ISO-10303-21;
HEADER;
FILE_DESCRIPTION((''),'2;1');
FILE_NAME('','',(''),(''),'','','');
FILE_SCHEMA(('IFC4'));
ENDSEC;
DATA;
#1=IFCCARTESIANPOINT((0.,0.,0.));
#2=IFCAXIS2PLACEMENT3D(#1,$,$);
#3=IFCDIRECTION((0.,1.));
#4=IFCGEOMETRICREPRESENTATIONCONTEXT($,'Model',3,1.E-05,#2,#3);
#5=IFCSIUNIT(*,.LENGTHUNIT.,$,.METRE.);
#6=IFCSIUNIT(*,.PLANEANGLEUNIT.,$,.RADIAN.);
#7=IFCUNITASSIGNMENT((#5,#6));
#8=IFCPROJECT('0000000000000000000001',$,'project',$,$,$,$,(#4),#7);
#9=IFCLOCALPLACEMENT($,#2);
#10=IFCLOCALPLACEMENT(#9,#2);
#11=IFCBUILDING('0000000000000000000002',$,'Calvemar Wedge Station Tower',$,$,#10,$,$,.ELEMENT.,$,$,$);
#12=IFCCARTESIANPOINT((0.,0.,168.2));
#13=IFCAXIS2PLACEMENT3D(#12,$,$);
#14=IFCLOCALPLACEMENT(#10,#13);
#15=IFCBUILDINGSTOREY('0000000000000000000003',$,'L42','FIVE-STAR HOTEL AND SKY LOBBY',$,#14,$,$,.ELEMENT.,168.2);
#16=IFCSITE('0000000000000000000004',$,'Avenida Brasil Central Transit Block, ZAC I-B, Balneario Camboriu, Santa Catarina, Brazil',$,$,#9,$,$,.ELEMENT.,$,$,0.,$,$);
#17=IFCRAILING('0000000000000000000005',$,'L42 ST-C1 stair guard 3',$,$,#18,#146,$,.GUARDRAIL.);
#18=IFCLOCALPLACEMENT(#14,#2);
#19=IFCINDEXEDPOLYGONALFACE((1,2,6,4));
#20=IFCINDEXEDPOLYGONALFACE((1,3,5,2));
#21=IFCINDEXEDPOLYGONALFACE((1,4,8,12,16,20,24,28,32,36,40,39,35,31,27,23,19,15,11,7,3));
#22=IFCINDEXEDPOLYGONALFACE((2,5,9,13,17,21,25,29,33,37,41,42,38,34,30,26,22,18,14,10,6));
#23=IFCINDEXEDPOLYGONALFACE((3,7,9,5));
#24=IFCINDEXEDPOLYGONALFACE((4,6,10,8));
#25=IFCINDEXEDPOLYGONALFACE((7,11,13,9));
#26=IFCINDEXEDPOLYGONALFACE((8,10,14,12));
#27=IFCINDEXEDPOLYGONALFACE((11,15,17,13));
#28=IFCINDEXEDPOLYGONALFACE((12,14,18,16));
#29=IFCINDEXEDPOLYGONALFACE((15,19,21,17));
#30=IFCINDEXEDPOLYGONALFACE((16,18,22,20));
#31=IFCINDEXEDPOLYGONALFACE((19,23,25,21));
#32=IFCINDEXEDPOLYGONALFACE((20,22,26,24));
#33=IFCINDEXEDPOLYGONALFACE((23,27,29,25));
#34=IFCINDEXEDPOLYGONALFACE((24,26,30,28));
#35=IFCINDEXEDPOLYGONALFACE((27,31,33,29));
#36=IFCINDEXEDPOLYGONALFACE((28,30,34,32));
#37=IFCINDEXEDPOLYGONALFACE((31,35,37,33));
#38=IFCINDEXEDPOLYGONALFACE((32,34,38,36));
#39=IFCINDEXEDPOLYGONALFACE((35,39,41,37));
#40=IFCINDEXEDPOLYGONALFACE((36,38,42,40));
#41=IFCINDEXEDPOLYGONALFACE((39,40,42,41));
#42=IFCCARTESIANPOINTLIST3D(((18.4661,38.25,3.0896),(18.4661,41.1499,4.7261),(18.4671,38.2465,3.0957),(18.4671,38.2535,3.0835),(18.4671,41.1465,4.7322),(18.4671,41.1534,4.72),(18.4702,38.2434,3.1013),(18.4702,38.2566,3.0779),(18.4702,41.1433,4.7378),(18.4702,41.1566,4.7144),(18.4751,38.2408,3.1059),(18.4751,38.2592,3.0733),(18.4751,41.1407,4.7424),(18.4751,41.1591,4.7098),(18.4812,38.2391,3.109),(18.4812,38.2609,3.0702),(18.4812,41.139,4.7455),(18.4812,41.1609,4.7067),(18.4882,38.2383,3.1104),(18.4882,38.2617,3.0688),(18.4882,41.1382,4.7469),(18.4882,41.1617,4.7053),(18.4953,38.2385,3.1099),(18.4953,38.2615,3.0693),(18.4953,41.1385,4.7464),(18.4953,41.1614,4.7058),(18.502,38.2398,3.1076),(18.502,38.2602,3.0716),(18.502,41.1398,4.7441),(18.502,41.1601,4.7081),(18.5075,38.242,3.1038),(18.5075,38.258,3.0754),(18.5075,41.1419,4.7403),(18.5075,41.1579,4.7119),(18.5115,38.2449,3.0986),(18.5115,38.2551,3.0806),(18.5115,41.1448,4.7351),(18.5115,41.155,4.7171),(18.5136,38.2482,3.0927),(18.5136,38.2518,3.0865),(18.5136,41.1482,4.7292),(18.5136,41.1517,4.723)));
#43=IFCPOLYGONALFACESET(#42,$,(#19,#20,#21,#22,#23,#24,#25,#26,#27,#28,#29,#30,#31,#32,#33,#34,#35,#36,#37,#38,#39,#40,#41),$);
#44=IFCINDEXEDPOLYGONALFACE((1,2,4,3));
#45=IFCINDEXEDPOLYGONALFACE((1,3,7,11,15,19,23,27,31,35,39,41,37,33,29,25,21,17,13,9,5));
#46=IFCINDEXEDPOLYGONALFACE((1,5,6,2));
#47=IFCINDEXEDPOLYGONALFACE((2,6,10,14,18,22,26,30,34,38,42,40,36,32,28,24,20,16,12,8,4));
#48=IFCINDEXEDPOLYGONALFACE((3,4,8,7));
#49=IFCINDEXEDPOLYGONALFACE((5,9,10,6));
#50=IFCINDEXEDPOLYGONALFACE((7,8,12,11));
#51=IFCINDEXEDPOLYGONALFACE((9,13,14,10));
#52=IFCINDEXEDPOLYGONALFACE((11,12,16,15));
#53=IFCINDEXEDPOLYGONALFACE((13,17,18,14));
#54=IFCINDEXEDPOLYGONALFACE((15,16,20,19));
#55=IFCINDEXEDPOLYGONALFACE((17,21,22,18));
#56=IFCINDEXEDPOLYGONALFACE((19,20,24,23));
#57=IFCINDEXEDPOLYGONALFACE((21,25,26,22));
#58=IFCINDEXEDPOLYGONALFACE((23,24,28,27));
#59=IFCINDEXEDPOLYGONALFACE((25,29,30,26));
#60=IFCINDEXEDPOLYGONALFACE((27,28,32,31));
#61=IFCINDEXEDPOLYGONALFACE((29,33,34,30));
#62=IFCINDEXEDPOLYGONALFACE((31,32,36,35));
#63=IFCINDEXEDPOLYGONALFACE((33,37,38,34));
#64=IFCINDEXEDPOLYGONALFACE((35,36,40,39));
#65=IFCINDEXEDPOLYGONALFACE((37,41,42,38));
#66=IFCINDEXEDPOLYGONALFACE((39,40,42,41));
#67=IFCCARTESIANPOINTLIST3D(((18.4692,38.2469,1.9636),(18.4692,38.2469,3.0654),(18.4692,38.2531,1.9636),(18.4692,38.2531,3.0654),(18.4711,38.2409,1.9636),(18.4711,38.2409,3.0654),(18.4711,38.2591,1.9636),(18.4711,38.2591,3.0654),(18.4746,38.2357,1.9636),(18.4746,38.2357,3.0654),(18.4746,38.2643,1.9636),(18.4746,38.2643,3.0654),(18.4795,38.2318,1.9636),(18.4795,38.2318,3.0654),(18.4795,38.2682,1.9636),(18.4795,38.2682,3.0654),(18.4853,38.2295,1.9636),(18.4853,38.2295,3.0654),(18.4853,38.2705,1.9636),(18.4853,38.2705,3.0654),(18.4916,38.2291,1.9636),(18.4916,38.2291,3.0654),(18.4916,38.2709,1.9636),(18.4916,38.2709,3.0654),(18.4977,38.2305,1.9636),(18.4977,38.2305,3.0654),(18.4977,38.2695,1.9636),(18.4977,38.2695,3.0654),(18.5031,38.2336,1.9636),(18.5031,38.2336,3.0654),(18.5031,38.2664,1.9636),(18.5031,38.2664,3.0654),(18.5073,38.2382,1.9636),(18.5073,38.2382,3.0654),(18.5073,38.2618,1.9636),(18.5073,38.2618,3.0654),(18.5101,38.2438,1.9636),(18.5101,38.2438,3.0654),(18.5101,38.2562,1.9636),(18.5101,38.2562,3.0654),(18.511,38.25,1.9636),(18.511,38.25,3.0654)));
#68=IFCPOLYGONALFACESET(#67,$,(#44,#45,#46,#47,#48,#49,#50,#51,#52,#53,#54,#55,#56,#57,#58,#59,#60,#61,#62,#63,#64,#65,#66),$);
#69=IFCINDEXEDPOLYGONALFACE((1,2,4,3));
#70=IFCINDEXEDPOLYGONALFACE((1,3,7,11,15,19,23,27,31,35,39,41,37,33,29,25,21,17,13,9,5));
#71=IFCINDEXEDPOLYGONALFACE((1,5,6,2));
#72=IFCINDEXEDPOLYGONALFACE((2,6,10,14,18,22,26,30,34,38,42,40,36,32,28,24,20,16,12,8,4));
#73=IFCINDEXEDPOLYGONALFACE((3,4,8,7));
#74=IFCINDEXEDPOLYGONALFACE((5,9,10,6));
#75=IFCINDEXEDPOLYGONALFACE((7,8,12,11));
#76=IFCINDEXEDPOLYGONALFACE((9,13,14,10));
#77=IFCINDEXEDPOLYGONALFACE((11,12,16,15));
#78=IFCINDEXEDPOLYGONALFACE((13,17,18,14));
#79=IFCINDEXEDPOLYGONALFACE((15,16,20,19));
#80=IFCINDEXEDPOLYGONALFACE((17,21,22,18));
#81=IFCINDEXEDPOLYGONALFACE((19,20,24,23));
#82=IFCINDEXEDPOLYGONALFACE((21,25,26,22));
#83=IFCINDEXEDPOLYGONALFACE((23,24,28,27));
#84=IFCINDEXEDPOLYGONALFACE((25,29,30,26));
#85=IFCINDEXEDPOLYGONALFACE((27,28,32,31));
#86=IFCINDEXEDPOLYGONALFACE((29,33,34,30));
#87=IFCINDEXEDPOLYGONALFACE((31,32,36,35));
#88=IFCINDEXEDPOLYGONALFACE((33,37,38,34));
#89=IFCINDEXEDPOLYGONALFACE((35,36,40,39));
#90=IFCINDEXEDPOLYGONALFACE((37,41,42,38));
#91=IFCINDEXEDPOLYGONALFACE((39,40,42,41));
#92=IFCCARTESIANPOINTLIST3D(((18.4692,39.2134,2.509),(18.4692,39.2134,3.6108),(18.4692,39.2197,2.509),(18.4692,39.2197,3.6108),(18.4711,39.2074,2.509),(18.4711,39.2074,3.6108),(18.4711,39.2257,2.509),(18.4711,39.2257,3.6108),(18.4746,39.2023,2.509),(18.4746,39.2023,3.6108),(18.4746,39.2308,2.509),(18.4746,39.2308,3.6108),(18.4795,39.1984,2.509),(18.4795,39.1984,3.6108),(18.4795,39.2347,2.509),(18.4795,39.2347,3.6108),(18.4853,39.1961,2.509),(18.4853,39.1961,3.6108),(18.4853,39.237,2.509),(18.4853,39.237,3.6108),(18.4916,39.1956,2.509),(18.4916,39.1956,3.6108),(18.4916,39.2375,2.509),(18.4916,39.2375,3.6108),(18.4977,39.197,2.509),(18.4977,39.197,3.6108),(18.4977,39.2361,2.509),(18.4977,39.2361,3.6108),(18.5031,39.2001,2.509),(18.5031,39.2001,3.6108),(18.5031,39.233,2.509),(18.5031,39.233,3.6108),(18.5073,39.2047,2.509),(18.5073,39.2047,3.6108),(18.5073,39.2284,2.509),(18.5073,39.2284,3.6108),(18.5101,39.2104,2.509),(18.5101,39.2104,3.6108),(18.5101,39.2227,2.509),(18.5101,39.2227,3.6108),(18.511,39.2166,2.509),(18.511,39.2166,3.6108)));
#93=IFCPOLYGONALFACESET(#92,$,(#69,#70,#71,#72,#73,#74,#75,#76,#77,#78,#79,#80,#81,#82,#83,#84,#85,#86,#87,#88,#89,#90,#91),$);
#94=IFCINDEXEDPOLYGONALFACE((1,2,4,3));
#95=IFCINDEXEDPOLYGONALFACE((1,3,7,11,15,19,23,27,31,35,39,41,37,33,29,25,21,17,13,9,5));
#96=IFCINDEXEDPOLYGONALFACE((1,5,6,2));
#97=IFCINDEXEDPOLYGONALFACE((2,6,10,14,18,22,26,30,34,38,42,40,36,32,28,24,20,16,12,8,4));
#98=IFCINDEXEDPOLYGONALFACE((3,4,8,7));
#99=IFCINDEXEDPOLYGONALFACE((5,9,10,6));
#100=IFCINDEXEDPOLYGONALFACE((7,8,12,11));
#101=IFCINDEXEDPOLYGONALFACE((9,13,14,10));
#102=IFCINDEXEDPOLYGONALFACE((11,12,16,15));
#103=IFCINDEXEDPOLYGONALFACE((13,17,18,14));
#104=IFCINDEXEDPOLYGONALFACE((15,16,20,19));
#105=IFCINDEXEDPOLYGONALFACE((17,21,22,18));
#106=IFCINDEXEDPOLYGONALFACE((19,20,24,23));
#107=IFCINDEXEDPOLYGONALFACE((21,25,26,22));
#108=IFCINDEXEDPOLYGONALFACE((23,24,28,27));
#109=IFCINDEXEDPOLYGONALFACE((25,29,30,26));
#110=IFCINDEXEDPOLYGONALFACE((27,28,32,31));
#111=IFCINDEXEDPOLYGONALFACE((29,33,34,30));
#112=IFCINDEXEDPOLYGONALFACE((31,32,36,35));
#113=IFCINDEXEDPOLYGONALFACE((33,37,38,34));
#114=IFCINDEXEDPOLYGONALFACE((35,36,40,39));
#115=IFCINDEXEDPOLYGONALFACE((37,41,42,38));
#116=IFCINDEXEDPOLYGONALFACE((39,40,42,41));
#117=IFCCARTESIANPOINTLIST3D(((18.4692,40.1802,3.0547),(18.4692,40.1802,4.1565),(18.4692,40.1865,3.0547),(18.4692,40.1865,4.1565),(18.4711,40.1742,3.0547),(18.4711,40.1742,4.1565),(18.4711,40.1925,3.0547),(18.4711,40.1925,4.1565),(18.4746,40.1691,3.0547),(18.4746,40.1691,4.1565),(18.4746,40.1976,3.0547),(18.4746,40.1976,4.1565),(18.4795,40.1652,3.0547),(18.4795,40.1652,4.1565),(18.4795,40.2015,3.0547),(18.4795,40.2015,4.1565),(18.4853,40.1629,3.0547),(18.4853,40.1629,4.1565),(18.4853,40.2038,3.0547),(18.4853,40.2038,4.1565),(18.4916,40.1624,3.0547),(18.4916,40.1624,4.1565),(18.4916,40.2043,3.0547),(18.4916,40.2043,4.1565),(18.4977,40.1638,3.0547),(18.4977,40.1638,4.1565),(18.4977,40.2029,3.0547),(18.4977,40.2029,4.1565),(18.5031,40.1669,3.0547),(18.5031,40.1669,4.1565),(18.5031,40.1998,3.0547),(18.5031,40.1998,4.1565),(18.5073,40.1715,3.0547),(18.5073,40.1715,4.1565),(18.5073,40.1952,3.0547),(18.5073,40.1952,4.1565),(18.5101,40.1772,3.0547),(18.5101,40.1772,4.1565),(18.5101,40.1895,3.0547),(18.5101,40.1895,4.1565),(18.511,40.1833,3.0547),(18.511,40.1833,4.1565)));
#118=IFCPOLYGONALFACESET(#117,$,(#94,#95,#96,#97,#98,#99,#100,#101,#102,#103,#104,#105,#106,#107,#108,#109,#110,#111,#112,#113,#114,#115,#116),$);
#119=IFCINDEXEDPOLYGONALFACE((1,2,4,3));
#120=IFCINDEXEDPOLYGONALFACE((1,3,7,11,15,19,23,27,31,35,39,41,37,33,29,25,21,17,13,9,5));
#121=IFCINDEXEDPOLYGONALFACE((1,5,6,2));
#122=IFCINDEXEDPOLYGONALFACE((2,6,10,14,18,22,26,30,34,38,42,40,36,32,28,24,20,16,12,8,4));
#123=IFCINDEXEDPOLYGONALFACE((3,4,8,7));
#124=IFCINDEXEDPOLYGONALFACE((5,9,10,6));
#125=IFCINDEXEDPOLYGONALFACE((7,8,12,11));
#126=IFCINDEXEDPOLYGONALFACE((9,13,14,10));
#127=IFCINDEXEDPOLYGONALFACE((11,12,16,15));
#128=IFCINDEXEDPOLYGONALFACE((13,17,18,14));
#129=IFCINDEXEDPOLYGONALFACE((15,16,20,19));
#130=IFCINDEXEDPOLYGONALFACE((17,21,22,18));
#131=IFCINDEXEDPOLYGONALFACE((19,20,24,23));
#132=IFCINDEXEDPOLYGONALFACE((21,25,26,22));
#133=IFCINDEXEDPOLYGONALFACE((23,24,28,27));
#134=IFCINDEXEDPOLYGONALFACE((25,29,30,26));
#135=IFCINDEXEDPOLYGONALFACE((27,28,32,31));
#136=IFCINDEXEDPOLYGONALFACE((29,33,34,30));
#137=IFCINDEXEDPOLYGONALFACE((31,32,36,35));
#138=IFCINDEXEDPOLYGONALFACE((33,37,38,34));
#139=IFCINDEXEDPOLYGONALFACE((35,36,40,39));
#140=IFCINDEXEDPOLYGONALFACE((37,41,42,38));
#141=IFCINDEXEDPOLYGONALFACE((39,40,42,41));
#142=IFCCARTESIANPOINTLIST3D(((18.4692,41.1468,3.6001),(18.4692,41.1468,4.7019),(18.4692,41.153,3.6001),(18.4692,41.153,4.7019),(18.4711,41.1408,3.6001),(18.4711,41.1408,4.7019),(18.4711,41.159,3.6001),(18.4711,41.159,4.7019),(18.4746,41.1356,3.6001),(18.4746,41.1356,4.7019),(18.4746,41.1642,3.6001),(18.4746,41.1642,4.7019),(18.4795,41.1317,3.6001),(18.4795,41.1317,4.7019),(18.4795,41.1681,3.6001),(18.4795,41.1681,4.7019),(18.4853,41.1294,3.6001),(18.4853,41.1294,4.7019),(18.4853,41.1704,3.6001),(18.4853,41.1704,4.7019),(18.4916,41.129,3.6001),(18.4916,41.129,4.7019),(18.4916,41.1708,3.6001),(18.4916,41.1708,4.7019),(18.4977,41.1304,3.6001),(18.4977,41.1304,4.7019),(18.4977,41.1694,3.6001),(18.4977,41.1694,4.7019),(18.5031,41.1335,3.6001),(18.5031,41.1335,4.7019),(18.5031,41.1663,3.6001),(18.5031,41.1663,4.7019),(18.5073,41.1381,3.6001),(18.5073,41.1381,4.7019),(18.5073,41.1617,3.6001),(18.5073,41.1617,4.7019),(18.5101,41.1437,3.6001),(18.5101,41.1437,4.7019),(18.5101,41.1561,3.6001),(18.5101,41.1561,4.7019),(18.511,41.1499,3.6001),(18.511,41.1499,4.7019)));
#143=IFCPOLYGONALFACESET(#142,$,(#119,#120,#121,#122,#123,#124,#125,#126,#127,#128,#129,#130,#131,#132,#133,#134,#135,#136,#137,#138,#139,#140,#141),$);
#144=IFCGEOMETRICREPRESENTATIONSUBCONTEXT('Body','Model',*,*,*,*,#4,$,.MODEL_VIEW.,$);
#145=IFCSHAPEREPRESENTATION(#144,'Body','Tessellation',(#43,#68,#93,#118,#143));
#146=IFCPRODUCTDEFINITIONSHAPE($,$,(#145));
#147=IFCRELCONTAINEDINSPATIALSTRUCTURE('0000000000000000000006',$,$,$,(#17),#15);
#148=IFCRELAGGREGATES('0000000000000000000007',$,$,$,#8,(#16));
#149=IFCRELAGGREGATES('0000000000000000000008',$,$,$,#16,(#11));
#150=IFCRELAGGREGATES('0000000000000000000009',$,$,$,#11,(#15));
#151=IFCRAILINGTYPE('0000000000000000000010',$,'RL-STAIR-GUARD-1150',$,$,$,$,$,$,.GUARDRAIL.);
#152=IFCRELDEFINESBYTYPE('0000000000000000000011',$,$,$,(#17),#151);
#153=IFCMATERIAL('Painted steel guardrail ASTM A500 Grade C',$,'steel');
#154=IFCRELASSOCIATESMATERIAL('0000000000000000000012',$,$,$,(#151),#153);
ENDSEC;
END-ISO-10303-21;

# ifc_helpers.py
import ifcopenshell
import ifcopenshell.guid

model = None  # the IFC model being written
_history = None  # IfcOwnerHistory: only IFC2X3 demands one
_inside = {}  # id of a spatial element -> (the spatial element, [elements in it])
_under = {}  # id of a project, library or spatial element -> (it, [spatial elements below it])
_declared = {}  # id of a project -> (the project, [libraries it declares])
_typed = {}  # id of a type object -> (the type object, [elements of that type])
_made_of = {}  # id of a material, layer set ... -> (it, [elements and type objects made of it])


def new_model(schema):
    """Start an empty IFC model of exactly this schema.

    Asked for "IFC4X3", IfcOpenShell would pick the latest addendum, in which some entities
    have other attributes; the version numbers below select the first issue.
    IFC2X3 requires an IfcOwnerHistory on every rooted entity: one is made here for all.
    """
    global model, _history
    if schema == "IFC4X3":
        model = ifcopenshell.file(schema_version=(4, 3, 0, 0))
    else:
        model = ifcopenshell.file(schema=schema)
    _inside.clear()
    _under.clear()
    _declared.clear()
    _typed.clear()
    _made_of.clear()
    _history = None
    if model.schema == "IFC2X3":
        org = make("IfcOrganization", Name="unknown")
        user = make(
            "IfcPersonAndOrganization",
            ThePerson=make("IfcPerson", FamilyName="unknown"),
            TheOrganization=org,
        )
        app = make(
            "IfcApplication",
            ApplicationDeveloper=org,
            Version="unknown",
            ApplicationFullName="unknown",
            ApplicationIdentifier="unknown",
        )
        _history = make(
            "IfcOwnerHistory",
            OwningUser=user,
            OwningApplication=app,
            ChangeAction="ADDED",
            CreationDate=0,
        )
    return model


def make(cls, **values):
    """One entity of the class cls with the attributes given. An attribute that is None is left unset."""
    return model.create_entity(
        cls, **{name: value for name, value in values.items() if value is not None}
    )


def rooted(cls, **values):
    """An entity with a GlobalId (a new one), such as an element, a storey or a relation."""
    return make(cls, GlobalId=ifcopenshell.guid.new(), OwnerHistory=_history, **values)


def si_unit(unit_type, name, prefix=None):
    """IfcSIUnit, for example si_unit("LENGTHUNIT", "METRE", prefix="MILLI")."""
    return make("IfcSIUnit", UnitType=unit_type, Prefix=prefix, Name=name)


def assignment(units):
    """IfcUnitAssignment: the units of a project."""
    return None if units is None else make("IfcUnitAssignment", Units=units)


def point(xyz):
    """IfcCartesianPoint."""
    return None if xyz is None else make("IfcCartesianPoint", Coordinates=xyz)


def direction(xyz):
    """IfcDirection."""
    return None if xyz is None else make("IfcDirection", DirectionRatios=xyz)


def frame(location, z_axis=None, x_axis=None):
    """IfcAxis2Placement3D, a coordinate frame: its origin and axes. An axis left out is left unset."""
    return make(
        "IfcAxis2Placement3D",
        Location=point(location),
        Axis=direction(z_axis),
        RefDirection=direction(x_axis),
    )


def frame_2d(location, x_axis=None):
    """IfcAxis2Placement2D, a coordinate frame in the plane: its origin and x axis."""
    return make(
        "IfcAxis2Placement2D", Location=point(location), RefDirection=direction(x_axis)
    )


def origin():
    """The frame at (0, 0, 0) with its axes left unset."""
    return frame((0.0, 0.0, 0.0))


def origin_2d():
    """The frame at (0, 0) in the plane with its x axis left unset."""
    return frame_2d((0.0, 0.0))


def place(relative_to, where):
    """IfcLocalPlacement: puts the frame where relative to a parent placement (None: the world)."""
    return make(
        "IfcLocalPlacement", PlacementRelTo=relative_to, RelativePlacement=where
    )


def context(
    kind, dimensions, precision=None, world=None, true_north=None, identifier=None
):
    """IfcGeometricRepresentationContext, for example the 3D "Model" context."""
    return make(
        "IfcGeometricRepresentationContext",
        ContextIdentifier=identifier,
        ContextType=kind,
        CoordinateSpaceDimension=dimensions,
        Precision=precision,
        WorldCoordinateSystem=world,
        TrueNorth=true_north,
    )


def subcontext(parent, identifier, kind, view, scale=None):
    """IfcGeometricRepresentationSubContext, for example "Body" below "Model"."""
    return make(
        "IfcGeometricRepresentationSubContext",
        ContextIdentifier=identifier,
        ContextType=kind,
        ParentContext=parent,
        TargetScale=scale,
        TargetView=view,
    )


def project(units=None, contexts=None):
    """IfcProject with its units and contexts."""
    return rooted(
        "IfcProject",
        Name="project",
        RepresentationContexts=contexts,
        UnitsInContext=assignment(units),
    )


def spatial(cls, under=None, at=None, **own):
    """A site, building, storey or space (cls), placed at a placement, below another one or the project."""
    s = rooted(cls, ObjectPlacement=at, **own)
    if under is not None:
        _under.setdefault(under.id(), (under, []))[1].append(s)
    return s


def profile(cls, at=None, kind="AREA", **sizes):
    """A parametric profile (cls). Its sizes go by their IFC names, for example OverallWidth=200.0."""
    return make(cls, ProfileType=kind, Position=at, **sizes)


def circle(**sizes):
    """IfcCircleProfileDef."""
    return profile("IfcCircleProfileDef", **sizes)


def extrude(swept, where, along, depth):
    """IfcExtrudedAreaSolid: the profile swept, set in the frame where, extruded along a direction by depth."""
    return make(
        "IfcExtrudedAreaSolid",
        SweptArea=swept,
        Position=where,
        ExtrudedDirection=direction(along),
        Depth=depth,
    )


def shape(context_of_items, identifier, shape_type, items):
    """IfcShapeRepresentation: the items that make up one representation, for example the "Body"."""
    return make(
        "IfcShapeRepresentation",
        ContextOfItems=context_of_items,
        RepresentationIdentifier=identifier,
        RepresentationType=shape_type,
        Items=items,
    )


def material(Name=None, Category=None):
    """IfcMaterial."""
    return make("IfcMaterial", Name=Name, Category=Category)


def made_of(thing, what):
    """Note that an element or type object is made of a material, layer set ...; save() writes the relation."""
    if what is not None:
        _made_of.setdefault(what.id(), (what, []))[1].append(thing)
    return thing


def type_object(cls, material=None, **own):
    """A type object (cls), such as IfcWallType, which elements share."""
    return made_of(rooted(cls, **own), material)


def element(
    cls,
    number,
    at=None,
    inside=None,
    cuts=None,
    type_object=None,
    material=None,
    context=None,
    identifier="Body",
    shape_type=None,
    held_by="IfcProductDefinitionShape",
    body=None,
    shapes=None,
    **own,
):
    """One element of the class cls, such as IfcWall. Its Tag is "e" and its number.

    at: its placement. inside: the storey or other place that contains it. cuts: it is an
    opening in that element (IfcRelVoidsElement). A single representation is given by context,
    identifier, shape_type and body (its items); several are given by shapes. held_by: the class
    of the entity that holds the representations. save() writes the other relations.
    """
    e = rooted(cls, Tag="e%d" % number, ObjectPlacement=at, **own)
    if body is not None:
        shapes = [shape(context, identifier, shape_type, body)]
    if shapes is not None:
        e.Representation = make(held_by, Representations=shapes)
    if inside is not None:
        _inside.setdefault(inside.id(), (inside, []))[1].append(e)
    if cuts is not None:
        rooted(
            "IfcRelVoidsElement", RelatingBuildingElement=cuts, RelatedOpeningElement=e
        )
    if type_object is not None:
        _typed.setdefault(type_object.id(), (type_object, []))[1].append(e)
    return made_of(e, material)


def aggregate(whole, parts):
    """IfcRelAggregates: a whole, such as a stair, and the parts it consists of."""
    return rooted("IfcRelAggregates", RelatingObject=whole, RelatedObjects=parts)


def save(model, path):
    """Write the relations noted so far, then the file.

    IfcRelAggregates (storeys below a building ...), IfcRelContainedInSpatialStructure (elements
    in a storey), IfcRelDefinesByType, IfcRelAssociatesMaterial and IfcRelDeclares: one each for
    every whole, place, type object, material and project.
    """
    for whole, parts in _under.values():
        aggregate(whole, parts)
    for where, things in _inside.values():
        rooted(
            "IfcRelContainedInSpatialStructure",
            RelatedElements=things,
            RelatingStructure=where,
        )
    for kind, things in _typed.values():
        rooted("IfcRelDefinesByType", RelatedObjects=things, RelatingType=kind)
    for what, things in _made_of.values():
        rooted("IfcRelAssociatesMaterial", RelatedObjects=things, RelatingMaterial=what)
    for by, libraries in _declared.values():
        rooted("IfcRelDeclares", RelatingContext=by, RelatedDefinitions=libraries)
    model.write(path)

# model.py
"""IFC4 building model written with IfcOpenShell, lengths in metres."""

from ifc_helpers import new_model, si_unit, direction, frame, origin, origin_2d, place, context, subcontext, project, spatial, circle, extrude, material, type_object, element, save


model = new_model("IFC4")

# Units and contexts
model_context = context("Model", 3, precision=1e-05, world=origin(), true_north=direction((0.0, 1.0)))
body_context = subcontext(model_context, "Body", "Model", "MODEL_VIEW")
ifc_project = project(units=[si_unit("LENGTHUNIT", "METRE"), si_unit("PLANEANGLEUNIT", "RADIAN")], contexts=[model_context])

# Site, building, storey
site_placement = place(None, origin())
site = spatial("IfcSite", under=ifc_project, at=site_placement, Name="Avenida Brasil Central Transit Block, ZAC I-B, Balneario Camboriu, Santa Catarina, Brazil", CompositionType="ELEMENT", RefElevation=0.0)
building_placement = place(site_placement, origin())
building = spatial("IfcBuilding", under=site, at=building_placement, Name="Calvemar Wedge Station Tower", CompositionType="ELEMENT")
storey_placement = place(building_placement, frame((0.0, 0.0, 168.2)))
storey = spatial("IfcBuildingStorey", under=building, at=storey_placement, Name="L42", Description="FIVE-STAR HOTEL AND SKY LOBBY", CompositionType="ELEMENT", Elevation=168.2)

# Railing
ifc_material_1 = material(Name="Painted steel guardrail ASTM A500 Grade C", Category="steel")
railing_type_1 = type_object("IfcRailingType", Name="RL-STAIR-GUARD-1150", PredefinedType="GUARDRAIL", material=ifc_material_1)
railing_1_placement = place(storey_placement, frame((18.49, 38.25, 1.9636)))
element("IfcRailing", 1, at=railing_1_placement, inside=storey, type_object=railing_type_1, Name="L42 ST-C1 stair guard 3", PredefinedType="GUARDRAIL", context=body_context, shape_type="SweptSolid", body=[
    extrude(circle(Radius=0.0239, at=origin_2d()), frame((0.0, 0.0, 1.126), z_axis=(0.0, 0.870897, 0.491465), x_axis=(-1.0, 0.0, 0.0)), (0.0, 0.0, 1.0), 3.3298),
    extrude(circle(Radius=0.021, at=origin_2d()), origin(), (0.0, 0.0, 1.0), 1.1018),
    extrude(circle(Radius=0.021, at=origin_2d()), frame((0.0, 0.9666, 0.5454)), (0.0, 0.0, 1.0), 1.1018),
    extrude(circle(Radius=0.021, at=origin_2d()), frame((0.0, 1.9333, 1.0911)), (0.0, 0.0, 1.0), 1.1018),
    extrude(circle(Radius=0.021, at=origin_2d()), frame((0.0, 2.8999, 1.6365)), (0.0, 0.0, 1.0), 1.1018),
])

save(model, "model.ifc")
